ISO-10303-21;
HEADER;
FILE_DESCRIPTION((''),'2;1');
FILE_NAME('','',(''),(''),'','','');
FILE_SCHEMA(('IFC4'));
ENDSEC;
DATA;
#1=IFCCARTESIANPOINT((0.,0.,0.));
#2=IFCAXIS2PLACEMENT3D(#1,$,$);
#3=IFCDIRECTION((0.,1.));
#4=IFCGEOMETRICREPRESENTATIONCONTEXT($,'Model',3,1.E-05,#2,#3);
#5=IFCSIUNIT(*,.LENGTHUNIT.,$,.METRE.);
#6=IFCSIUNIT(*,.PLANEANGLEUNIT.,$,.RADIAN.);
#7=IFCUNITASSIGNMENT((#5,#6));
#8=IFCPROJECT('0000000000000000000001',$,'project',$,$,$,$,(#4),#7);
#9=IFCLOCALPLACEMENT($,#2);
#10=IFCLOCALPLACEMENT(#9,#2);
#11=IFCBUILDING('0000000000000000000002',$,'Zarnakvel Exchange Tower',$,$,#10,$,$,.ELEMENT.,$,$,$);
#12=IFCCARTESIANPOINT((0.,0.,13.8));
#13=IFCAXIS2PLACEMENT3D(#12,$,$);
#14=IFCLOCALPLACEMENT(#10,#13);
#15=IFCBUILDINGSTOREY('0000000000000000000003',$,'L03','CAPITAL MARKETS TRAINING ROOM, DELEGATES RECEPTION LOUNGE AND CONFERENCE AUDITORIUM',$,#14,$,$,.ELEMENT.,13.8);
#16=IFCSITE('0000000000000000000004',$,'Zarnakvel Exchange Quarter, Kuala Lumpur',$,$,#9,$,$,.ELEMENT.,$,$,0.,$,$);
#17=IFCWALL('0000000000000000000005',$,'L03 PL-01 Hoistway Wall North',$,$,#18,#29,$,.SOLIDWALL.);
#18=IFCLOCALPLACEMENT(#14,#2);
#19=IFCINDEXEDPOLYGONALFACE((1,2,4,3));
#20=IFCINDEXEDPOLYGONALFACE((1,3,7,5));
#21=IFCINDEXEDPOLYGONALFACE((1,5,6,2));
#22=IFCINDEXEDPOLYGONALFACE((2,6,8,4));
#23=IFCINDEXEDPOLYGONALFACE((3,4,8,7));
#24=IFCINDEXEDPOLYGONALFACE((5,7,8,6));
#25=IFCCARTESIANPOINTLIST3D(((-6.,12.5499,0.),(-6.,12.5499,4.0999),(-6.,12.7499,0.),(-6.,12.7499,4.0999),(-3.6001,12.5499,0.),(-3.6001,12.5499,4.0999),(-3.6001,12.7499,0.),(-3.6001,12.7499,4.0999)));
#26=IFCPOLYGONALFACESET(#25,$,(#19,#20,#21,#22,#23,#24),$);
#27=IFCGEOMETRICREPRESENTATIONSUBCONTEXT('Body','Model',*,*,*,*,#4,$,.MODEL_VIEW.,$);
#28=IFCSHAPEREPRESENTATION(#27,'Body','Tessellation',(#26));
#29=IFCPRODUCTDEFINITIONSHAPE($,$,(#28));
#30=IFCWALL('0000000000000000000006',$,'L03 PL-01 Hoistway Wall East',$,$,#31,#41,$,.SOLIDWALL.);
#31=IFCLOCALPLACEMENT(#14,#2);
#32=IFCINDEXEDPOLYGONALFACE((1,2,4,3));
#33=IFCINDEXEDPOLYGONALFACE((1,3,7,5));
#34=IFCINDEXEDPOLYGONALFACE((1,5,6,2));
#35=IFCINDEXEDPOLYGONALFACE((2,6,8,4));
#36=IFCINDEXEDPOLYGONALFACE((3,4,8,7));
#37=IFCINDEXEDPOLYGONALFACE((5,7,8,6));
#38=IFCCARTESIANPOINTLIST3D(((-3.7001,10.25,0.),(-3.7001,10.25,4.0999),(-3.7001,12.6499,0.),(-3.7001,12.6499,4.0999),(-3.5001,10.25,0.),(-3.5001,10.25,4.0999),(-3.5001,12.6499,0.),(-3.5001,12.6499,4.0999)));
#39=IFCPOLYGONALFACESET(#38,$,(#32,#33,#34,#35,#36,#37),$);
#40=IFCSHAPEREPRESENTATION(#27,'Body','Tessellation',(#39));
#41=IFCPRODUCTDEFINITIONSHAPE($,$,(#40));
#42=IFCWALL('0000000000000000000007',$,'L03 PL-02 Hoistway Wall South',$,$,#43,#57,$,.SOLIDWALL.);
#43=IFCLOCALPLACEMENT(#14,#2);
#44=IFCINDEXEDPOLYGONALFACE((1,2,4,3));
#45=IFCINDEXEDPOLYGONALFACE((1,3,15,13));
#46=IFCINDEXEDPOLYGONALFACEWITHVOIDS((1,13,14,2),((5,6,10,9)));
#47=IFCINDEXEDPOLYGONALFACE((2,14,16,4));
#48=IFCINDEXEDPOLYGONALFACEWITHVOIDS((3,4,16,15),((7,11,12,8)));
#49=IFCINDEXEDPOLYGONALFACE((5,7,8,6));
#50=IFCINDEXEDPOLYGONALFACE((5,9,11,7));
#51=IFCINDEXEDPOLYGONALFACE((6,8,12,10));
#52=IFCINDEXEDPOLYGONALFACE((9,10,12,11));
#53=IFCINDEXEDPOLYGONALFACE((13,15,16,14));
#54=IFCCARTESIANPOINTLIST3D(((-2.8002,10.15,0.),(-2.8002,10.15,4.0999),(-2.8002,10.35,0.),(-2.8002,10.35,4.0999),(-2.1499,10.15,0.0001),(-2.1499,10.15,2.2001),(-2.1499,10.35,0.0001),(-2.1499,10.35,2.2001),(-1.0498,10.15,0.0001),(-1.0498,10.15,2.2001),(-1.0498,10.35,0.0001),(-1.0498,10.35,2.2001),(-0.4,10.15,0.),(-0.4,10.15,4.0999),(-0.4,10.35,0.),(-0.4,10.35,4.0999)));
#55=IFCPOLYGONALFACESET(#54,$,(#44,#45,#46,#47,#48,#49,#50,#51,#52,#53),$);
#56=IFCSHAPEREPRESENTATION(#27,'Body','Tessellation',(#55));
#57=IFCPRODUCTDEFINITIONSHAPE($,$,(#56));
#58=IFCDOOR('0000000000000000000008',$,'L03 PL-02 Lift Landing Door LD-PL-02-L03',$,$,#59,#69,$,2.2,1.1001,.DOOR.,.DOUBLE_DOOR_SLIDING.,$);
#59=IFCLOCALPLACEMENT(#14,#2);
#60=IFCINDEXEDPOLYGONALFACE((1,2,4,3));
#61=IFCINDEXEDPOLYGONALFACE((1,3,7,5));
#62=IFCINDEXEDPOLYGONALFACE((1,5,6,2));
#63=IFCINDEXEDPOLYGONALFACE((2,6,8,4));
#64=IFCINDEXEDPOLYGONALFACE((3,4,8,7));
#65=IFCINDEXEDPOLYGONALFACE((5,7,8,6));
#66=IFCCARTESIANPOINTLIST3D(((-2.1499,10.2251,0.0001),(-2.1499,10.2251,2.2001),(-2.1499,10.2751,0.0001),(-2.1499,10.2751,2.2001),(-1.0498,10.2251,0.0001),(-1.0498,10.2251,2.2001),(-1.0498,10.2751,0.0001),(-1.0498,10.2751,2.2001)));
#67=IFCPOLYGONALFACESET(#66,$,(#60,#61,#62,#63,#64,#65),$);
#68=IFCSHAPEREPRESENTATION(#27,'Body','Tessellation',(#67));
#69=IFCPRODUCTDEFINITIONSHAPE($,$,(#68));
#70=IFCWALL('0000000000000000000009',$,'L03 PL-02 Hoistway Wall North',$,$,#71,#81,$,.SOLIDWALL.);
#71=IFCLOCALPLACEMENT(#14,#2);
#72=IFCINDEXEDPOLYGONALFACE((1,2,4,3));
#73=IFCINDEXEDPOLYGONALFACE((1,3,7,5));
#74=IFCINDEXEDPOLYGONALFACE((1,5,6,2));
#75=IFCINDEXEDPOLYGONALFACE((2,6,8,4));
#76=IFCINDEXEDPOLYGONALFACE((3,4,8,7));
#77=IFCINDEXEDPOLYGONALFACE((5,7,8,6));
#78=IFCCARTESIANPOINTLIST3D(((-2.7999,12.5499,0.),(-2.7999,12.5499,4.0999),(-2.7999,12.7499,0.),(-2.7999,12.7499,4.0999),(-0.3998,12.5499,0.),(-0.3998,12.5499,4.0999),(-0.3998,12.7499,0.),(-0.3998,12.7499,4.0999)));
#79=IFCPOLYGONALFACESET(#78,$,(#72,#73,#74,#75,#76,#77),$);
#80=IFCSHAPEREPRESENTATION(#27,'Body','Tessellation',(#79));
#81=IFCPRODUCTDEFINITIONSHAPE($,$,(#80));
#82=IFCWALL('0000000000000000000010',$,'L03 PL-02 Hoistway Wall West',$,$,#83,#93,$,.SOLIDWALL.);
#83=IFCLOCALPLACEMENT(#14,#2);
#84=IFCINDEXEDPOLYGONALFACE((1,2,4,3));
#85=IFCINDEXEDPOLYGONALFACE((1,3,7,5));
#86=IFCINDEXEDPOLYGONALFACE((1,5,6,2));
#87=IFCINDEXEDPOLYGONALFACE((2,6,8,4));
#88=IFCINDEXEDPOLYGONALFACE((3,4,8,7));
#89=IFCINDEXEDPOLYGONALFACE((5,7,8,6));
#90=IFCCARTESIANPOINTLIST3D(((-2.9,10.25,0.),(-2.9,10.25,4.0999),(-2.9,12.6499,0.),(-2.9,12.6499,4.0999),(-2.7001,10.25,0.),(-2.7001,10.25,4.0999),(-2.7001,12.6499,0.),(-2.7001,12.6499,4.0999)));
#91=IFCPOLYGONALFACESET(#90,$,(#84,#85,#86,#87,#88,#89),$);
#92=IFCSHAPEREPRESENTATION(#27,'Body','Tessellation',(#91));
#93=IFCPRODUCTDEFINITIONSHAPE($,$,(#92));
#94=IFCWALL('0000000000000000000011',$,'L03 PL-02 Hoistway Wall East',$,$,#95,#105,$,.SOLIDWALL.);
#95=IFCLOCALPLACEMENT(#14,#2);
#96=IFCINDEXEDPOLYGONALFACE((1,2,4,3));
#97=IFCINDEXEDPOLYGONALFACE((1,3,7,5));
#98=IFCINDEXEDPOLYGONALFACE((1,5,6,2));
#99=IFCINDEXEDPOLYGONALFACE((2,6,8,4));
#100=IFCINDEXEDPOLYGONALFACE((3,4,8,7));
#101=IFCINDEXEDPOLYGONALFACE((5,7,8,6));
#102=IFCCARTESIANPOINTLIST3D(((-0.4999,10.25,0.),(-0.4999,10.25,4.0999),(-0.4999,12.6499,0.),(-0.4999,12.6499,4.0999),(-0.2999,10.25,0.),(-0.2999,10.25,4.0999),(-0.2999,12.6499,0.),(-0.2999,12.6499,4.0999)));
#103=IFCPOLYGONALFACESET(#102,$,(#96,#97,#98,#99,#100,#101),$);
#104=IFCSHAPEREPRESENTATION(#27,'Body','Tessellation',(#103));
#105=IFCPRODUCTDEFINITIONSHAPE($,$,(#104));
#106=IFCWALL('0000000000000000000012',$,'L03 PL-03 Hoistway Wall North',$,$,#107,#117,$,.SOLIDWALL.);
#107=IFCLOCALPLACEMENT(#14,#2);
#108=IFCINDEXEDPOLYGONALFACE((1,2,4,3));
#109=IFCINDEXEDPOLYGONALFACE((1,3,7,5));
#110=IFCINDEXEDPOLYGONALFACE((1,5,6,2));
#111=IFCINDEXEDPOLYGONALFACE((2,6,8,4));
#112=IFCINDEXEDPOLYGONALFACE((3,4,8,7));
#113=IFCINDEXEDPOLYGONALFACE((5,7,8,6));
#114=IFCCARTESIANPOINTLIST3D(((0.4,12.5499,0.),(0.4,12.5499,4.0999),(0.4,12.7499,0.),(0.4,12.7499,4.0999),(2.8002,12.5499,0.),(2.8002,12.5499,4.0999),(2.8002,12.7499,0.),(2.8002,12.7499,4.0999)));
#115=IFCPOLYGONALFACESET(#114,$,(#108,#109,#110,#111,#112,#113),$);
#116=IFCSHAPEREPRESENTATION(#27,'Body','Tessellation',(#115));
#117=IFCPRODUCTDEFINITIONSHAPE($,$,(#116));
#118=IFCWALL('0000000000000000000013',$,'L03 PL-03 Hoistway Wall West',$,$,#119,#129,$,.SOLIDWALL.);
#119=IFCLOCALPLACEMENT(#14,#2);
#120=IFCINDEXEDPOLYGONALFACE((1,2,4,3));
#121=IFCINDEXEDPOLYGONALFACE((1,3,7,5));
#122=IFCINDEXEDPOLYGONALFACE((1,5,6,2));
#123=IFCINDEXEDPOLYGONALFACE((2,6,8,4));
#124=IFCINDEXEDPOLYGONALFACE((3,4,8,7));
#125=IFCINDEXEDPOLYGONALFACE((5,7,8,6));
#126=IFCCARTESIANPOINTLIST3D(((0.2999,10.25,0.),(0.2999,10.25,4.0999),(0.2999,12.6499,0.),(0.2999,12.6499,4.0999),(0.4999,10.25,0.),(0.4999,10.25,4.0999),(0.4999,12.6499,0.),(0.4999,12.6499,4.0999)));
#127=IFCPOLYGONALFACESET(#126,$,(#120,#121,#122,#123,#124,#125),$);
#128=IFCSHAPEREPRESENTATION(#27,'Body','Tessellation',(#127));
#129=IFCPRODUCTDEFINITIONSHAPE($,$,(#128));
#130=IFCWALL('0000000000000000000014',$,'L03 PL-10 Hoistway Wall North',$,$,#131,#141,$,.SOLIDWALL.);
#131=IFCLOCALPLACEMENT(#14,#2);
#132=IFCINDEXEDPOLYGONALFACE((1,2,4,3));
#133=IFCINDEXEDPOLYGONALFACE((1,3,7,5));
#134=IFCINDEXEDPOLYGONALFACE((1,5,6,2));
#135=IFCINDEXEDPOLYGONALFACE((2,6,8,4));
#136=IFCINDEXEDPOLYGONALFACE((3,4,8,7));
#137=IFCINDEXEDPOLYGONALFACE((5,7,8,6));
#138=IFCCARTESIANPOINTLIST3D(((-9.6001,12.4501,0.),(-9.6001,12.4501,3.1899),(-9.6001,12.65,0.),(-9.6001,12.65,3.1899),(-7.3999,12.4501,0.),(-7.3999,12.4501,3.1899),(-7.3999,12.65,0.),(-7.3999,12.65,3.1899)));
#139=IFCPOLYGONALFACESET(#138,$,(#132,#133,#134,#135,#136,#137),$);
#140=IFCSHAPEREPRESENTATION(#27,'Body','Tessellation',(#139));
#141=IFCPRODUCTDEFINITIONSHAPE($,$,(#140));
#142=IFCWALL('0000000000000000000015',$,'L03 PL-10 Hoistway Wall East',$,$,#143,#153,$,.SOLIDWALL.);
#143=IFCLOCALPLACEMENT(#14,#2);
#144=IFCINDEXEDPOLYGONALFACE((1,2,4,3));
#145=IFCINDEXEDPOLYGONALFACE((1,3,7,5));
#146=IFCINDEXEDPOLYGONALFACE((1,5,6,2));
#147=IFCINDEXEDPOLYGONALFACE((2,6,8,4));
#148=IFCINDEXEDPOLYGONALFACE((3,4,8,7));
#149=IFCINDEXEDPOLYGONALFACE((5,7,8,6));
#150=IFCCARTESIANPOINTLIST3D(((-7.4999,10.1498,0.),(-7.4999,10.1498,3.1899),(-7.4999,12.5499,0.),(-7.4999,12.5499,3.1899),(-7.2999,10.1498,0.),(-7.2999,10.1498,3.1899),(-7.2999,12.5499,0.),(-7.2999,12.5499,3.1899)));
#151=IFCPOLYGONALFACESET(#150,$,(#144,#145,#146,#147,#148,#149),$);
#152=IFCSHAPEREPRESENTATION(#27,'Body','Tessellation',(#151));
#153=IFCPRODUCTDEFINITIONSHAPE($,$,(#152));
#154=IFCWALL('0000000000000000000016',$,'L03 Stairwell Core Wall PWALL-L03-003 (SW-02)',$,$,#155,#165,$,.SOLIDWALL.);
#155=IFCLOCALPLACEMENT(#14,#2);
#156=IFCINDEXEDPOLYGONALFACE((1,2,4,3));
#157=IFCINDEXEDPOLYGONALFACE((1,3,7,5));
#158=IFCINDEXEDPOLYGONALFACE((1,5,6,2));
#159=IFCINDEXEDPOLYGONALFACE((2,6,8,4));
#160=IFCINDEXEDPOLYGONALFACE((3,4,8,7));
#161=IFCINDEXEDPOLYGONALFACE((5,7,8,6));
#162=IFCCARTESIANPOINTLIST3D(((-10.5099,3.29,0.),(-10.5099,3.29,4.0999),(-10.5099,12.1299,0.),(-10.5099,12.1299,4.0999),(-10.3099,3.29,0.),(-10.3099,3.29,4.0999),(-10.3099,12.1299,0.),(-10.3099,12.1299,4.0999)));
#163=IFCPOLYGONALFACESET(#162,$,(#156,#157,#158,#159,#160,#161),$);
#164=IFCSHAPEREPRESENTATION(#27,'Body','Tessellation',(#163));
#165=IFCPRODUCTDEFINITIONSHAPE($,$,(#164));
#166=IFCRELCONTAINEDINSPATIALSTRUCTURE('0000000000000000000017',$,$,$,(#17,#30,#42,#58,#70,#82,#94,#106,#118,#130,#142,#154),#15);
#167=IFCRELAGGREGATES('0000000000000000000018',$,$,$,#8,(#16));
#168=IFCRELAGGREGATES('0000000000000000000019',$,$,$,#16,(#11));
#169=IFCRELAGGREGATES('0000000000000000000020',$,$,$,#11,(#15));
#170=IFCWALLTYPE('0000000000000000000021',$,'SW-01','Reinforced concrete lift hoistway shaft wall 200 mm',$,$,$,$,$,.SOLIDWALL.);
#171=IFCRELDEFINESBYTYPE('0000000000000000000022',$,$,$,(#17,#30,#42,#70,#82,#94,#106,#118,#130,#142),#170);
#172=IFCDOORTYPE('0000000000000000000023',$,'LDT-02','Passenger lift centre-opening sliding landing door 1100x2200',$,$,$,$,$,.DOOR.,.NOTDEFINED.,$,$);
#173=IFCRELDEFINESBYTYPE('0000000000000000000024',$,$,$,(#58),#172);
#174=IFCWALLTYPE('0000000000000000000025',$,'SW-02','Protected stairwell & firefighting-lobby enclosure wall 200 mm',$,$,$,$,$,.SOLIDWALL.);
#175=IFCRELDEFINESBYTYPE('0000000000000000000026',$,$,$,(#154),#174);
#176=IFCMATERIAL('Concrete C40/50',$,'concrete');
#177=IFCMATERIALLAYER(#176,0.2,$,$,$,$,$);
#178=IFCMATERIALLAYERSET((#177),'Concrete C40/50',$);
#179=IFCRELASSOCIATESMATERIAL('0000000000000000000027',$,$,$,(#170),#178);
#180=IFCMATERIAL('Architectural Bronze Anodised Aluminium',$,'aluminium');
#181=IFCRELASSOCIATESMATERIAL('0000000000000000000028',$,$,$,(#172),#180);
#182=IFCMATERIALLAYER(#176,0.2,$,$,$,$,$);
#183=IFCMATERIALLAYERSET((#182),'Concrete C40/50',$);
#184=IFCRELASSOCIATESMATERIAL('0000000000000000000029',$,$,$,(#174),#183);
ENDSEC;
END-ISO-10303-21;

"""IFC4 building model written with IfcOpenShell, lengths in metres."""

from ifc_helpers import new_model, si_unit, direction, frame, frame_2d, origin, place, context, subcontext, project, spatial, rectangle, extrude, source, transform, mapped, material, layer, layer_set, type_object, element, fill, save


model = new_model("IFC4")

# Units and contexts
model_context = context("Model", 3, precision=1e-05, world=origin(), true_north=direction((0.0, 1.0)))
body_context = subcontext(model_context, "Body", "Model", "MODEL_VIEW")
ifc_project = project(units=[si_unit("LENGTHUNIT", "METRE"), si_unit("PLANEANGLEUNIT", "RADIAN")], contexts=[model_context])

# Site, building, storey
site_placement = place(None, origin())
site = spatial("IfcSite", under=ifc_project, at=site_placement, Name="Zarnakvel Exchange Quarter, Kuala Lumpur", CompositionType="ELEMENT", RefElevation=0.0)
building_placement = place(site_placement, origin())
building = spatial("IfcBuilding", under=site, at=building_placement, Name="Zarnakvel Exchange Tower", CompositionType="ELEMENT")
storey_placement = place(building_placement, frame((0.0, 0.0, 13.8)))
storey = spatial("IfcBuildingStorey", under=building, at=storey_placement, Name="L03", Description="CAPITAL MARKETS TRAINING ROOM, DELEGATES RECEPTION LOUNGE AND CONFERENCE AUDITORIUM", CompositionType="ELEMENT", Elevation=13.8)

# Shared definitions
ifc_material_1 = material(Name="Architectural Bronze Anodised Aluminium", Category="aluminium")

# Shared definitions
ifc_material_2 = material(Name="Concrete C40/50", Category="concrete")
ifc_layer_1 = layer(ifc_material_2, 0.2)
ifc_layer_set_1 = layer_set([ifc_layer_1], Name="Concrete C40/50")
wall_type_1 = type_object("IfcWallType", Name="SW-01", Description="Reinforced concrete lift hoistway shaft wall 200 mm", PredefinedType="SOLIDWALL", material=ifc_layer_set_1)
door_type = type_object("IfcDoorType", Name="LDT-02", Description="Passenger lift centre-opening sliding landing door 1100x2200", OperationType="NOTDEFINED", PredefinedType="DOOR", material=ifc_material_1)
shared_shape_1 = source(origin(), body_context, "Body", "SweptSolid", [
    extrude(rectangle(XDim=1.1001, YDim=2.2, at=frame_2d((0.55, 1.1001))), frame((0.0, 0.0249, 0.0), z_axis=(0.0, -1.0, 0.0), x_axis=(1.0, 0.0, 0.0)), (0.0, 0.0, 1.0), 0.05),
])

# Walls
for number, where, z_axis, x_axis, name in (
    (1, (-6.0, 12.6499, 0.0), (0.0, 0.0, 1.0), (1.0, 0.0, 0.0), "L03 PL-01 Hoistway Wall North"),
    (2, (-3.6001, 12.6499, 0.0), (0.0, 0.0, 1.0), (0.0, -1.0, 0.0), "L03 PL-01 Hoistway Wall East"),
):
    element("IfcWall", number, at=place(storey_placement, frame(where, z_axis=z_axis, x_axis=x_axis)), inside=storey, type_object=wall_type_1, Name=name, PredefinedType="SOLIDWALL", context=body_context, shape_type="SweptSolid", body=[
        extrude(rectangle(XDim=2.3999, YDim=0.2, at=frame_2d((1.2, 0.0))), origin(), (0.0, 0.0, 1.0), 4.0999),
    ])

# Wall, opening, door
wall_1_placement = place(storey_placement, frame((-0.3999, 10.25, 0.0), z_axis=(0.0, 0.0, 1.0), x_axis=(-1.0, 0.0, 0.0)))
wall_1 = element("IfcWall", 3, at=wall_1_placement, inside=storey, type_object=wall_type_1, Name="L03 PL-02 Hoistway Wall South", PredefinedType="SOLIDWALL", context=body_context, shape_type="SweptSolid", body=[
    extrude(rectangle(XDim=2.4001, YDim=0.2, at=frame_2d((1.2002, 0.0))), origin(), (0.0, 0.0, 1.0), 4.0999),
])
opening_1_placement = place(wall_1_placement, frame((0.6499, 0.0, 0.0)))
opening_1 = element("IfcOpeningElement", 4, at=opening_1_placement, cuts=wall_1, PredefinedType="OPENING", context=body_context, shape_type="SweptSolid", body=[
    extrude(rectangle(XDim=1.1001, YDim=2.2, at=frame_2d((0.55, 1.1001))), frame((0.0, 0.1099, 0.0), z_axis=(0.0, -1.0, 0.0), x_axis=(1.0, 0.0, 0.0)), (0.0, 0.0, 1.0), 0.22),
])
door_1_placement = place(opening_1_placement, origin())
door_1 = element("IfcDoor", 5, at=door_1_placement, inside=storey, type_object=door_type, Name="L03 PL-02 Lift Landing Door LD-PL-02-L03", OperationType="DOUBLE_DOOR_SLIDING", OverallHeight=2.2, OverallWidth=1.1001, PredefinedType="DOOR", context=body_context, shape_type="MappedRepresentation", body=[
    mapped(shared_shape_1, transform((0.0, 0.0, 0.0), x_axis=(1.0, 0.0, 0.0), y_axis=(0.0, 1.0, 0.0), z_axis=(0.0, 0.0, 1.0), scale=1.0)),
])
fill(opening_1, door_1)

# Walls
wall_2_placement = place(storey_placement, frame((-2.8, 12.6499, 0.0), z_axis=(0.0, 0.0, 1.0), x_axis=(1.0, 0.0, 0.0)))
element("IfcWall", 6, at=wall_2_placement, inside=storey, type_object=wall_type_1, Name="L03 PL-02 Hoistway Wall North", PredefinedType="SOLIDWALL", context=body_context, shape_type="SweptSolid", body=[
    extrude(rectangle(XDim=2.4001, YDim=0.2, at=frame_2d((1.2002, 0.0))), origin(), (0.0, 0.0, 1.0), 4.0999),
])
for number, where, z_axis, x_axis, name in (
    (7, (-2.8, 10.25, 0.0), (0.0, 0.0, 1.0), (0.0, 1.0, 0.0), "L03 PL-02 Hoistway Wall West"),
    (8, (-0.3999, 12.6499, 0.0), (0.0, 0.0, 1.0), (0.0, -1.0, 0.0), "L03 PL-02 Hoistway Wall East"),
):
    element("IfcWall", number, at=place(storey_placement, frame(where, z_axis=z_axis, x_axis=x_axis)), inside=storey, type_object=wall_type_1, Name=name, PredefinedType="SOLIDWALL", context=body_context, shape_type="SweptSolid", body=[
        extrude(rectangle(XDim=2.3999, YDim=0.2, at=frame_2d((1.2, 0.0))), origin(), (0.0, 0.0, 1.0), 4.0999),
    ])
wall_3_placement = place(storey_placement, frame((0.3999, 12.6499, 0.0), z_axis=(0.0, 0.0, 1.0), x_axis=(1.0, 0.0, 0.0)))
element("IfcWall", 9, at=wall_3_placement, inside=storey, type_object=wall_type_1, Name="L03 PL-03 Hoistway Wall North", PredefinedType="SOLIDWALL", context=body_context, shape_type="SweptSolid", body=[
    extrude(rectangle(XDim=2.4001, YDim=0.2, at=frame_2d((1.2002, 0.0))), origin(), (0.0, 0.0, 1.0), 4.0999),
])
wall_4_placement = place(storey_placement, frame((0.3999, 10.25, 0.0), z_axis=(0.0, 0.0, 1.0), x_axis=(0.0, 1.0, 0.0)))
element("IfcWall", 10, at=wall_4_placement, inside=storey, type_object=wall_type_1, Name="L03 PL-03 Hoistway Wall West", PredefinedType="SOLIDWALL", context=body_context, shape_type="SweptSolid", body=[
    extrude(rectangle(XDim=2.3999, YDim=0.2, at=frame_2d((1.2, 0.0))), origin(), (0.0, 0.0, 1.0), 4.0999),
])
wall_5_placement = place(storey_placement, frame((-9.6001, 12.55, 0.0), z_axis=(0.0, 0.0, 1.0), x_axis=(1.0, 0.0, 0.0)))
element("IfcWall", 11, at=wall_5_placement, inside=storey, type_object=wall_type_1, Name="L03 PL-10 Hoistway Wall North", PredefinedType="SOLIDWALL", context=body_context, shape_type="SweptSolid", body=[
    extrude(rectangle(XDim=2.2002, YDim=0.2, at=frame_2d((1.1001, 0.0))), origin(), (0.0, 0.0, 1.0), 3.1899),
])
wall_6_placement = place(storey_placement, frame((-7.3999, 12.55, 0.0), z_axis=(0.0, 0.0, 1.0), x_axis=(0.0, -1.0, 0.0)))
element("IfcWall", 12, at=wall_6_placement, inside=storey, type_object=wall_type_1, Name="L03 PL-10 Hoistway Wall East", PredefinedType="SOLIDWALL", context=body_context, shape_type="SweptSolid", body=[
    extrude(rectangle(XDim=2.4001, YDim=0.2, at=frame_2d((1.2002, 0.0))), origin(), (0.0, 0.0, 1.0), 3.1899),
])
ifc_layer_2 = layer(ifc_material_2, 0.2)
ifc_layer_set_2 = layer_set([ifc_layer_2], Name="Concrete C40/50")
wall_type_2 = type_object("IfcWallType", Name="SW-02", Description="Protected stairwell & firefighting-lobby enclosure wall 200 mm", PredefinedType="SOLIDWALL", material=ifc_layer_set_2)
wall_7_placement = place(storey_placement, frame((-10.4099, 12.1299, 0.0), z_axis=(0.0, 0.0, 1.0), x_axis=(0.0, -1.0, 0.0)))
element("IfcWall", 13, at=wall_7_placement, inside=storey, type_object=wall_type_2, Name="L03 Stairwell Core Wall PWALL-L03-003 (SW-02)", PredefinedType="SOLIDWALL", context=body_context, shape_type="SweptSolid", body=[
    extrude(rectangle(XDim=8.8398, YDim=0.2, at=frame_2d((4.4199, 0.0))), origin(), (0.0, 0.0, 1.0), 4.0999),
])

save(model, "model.ifc")
